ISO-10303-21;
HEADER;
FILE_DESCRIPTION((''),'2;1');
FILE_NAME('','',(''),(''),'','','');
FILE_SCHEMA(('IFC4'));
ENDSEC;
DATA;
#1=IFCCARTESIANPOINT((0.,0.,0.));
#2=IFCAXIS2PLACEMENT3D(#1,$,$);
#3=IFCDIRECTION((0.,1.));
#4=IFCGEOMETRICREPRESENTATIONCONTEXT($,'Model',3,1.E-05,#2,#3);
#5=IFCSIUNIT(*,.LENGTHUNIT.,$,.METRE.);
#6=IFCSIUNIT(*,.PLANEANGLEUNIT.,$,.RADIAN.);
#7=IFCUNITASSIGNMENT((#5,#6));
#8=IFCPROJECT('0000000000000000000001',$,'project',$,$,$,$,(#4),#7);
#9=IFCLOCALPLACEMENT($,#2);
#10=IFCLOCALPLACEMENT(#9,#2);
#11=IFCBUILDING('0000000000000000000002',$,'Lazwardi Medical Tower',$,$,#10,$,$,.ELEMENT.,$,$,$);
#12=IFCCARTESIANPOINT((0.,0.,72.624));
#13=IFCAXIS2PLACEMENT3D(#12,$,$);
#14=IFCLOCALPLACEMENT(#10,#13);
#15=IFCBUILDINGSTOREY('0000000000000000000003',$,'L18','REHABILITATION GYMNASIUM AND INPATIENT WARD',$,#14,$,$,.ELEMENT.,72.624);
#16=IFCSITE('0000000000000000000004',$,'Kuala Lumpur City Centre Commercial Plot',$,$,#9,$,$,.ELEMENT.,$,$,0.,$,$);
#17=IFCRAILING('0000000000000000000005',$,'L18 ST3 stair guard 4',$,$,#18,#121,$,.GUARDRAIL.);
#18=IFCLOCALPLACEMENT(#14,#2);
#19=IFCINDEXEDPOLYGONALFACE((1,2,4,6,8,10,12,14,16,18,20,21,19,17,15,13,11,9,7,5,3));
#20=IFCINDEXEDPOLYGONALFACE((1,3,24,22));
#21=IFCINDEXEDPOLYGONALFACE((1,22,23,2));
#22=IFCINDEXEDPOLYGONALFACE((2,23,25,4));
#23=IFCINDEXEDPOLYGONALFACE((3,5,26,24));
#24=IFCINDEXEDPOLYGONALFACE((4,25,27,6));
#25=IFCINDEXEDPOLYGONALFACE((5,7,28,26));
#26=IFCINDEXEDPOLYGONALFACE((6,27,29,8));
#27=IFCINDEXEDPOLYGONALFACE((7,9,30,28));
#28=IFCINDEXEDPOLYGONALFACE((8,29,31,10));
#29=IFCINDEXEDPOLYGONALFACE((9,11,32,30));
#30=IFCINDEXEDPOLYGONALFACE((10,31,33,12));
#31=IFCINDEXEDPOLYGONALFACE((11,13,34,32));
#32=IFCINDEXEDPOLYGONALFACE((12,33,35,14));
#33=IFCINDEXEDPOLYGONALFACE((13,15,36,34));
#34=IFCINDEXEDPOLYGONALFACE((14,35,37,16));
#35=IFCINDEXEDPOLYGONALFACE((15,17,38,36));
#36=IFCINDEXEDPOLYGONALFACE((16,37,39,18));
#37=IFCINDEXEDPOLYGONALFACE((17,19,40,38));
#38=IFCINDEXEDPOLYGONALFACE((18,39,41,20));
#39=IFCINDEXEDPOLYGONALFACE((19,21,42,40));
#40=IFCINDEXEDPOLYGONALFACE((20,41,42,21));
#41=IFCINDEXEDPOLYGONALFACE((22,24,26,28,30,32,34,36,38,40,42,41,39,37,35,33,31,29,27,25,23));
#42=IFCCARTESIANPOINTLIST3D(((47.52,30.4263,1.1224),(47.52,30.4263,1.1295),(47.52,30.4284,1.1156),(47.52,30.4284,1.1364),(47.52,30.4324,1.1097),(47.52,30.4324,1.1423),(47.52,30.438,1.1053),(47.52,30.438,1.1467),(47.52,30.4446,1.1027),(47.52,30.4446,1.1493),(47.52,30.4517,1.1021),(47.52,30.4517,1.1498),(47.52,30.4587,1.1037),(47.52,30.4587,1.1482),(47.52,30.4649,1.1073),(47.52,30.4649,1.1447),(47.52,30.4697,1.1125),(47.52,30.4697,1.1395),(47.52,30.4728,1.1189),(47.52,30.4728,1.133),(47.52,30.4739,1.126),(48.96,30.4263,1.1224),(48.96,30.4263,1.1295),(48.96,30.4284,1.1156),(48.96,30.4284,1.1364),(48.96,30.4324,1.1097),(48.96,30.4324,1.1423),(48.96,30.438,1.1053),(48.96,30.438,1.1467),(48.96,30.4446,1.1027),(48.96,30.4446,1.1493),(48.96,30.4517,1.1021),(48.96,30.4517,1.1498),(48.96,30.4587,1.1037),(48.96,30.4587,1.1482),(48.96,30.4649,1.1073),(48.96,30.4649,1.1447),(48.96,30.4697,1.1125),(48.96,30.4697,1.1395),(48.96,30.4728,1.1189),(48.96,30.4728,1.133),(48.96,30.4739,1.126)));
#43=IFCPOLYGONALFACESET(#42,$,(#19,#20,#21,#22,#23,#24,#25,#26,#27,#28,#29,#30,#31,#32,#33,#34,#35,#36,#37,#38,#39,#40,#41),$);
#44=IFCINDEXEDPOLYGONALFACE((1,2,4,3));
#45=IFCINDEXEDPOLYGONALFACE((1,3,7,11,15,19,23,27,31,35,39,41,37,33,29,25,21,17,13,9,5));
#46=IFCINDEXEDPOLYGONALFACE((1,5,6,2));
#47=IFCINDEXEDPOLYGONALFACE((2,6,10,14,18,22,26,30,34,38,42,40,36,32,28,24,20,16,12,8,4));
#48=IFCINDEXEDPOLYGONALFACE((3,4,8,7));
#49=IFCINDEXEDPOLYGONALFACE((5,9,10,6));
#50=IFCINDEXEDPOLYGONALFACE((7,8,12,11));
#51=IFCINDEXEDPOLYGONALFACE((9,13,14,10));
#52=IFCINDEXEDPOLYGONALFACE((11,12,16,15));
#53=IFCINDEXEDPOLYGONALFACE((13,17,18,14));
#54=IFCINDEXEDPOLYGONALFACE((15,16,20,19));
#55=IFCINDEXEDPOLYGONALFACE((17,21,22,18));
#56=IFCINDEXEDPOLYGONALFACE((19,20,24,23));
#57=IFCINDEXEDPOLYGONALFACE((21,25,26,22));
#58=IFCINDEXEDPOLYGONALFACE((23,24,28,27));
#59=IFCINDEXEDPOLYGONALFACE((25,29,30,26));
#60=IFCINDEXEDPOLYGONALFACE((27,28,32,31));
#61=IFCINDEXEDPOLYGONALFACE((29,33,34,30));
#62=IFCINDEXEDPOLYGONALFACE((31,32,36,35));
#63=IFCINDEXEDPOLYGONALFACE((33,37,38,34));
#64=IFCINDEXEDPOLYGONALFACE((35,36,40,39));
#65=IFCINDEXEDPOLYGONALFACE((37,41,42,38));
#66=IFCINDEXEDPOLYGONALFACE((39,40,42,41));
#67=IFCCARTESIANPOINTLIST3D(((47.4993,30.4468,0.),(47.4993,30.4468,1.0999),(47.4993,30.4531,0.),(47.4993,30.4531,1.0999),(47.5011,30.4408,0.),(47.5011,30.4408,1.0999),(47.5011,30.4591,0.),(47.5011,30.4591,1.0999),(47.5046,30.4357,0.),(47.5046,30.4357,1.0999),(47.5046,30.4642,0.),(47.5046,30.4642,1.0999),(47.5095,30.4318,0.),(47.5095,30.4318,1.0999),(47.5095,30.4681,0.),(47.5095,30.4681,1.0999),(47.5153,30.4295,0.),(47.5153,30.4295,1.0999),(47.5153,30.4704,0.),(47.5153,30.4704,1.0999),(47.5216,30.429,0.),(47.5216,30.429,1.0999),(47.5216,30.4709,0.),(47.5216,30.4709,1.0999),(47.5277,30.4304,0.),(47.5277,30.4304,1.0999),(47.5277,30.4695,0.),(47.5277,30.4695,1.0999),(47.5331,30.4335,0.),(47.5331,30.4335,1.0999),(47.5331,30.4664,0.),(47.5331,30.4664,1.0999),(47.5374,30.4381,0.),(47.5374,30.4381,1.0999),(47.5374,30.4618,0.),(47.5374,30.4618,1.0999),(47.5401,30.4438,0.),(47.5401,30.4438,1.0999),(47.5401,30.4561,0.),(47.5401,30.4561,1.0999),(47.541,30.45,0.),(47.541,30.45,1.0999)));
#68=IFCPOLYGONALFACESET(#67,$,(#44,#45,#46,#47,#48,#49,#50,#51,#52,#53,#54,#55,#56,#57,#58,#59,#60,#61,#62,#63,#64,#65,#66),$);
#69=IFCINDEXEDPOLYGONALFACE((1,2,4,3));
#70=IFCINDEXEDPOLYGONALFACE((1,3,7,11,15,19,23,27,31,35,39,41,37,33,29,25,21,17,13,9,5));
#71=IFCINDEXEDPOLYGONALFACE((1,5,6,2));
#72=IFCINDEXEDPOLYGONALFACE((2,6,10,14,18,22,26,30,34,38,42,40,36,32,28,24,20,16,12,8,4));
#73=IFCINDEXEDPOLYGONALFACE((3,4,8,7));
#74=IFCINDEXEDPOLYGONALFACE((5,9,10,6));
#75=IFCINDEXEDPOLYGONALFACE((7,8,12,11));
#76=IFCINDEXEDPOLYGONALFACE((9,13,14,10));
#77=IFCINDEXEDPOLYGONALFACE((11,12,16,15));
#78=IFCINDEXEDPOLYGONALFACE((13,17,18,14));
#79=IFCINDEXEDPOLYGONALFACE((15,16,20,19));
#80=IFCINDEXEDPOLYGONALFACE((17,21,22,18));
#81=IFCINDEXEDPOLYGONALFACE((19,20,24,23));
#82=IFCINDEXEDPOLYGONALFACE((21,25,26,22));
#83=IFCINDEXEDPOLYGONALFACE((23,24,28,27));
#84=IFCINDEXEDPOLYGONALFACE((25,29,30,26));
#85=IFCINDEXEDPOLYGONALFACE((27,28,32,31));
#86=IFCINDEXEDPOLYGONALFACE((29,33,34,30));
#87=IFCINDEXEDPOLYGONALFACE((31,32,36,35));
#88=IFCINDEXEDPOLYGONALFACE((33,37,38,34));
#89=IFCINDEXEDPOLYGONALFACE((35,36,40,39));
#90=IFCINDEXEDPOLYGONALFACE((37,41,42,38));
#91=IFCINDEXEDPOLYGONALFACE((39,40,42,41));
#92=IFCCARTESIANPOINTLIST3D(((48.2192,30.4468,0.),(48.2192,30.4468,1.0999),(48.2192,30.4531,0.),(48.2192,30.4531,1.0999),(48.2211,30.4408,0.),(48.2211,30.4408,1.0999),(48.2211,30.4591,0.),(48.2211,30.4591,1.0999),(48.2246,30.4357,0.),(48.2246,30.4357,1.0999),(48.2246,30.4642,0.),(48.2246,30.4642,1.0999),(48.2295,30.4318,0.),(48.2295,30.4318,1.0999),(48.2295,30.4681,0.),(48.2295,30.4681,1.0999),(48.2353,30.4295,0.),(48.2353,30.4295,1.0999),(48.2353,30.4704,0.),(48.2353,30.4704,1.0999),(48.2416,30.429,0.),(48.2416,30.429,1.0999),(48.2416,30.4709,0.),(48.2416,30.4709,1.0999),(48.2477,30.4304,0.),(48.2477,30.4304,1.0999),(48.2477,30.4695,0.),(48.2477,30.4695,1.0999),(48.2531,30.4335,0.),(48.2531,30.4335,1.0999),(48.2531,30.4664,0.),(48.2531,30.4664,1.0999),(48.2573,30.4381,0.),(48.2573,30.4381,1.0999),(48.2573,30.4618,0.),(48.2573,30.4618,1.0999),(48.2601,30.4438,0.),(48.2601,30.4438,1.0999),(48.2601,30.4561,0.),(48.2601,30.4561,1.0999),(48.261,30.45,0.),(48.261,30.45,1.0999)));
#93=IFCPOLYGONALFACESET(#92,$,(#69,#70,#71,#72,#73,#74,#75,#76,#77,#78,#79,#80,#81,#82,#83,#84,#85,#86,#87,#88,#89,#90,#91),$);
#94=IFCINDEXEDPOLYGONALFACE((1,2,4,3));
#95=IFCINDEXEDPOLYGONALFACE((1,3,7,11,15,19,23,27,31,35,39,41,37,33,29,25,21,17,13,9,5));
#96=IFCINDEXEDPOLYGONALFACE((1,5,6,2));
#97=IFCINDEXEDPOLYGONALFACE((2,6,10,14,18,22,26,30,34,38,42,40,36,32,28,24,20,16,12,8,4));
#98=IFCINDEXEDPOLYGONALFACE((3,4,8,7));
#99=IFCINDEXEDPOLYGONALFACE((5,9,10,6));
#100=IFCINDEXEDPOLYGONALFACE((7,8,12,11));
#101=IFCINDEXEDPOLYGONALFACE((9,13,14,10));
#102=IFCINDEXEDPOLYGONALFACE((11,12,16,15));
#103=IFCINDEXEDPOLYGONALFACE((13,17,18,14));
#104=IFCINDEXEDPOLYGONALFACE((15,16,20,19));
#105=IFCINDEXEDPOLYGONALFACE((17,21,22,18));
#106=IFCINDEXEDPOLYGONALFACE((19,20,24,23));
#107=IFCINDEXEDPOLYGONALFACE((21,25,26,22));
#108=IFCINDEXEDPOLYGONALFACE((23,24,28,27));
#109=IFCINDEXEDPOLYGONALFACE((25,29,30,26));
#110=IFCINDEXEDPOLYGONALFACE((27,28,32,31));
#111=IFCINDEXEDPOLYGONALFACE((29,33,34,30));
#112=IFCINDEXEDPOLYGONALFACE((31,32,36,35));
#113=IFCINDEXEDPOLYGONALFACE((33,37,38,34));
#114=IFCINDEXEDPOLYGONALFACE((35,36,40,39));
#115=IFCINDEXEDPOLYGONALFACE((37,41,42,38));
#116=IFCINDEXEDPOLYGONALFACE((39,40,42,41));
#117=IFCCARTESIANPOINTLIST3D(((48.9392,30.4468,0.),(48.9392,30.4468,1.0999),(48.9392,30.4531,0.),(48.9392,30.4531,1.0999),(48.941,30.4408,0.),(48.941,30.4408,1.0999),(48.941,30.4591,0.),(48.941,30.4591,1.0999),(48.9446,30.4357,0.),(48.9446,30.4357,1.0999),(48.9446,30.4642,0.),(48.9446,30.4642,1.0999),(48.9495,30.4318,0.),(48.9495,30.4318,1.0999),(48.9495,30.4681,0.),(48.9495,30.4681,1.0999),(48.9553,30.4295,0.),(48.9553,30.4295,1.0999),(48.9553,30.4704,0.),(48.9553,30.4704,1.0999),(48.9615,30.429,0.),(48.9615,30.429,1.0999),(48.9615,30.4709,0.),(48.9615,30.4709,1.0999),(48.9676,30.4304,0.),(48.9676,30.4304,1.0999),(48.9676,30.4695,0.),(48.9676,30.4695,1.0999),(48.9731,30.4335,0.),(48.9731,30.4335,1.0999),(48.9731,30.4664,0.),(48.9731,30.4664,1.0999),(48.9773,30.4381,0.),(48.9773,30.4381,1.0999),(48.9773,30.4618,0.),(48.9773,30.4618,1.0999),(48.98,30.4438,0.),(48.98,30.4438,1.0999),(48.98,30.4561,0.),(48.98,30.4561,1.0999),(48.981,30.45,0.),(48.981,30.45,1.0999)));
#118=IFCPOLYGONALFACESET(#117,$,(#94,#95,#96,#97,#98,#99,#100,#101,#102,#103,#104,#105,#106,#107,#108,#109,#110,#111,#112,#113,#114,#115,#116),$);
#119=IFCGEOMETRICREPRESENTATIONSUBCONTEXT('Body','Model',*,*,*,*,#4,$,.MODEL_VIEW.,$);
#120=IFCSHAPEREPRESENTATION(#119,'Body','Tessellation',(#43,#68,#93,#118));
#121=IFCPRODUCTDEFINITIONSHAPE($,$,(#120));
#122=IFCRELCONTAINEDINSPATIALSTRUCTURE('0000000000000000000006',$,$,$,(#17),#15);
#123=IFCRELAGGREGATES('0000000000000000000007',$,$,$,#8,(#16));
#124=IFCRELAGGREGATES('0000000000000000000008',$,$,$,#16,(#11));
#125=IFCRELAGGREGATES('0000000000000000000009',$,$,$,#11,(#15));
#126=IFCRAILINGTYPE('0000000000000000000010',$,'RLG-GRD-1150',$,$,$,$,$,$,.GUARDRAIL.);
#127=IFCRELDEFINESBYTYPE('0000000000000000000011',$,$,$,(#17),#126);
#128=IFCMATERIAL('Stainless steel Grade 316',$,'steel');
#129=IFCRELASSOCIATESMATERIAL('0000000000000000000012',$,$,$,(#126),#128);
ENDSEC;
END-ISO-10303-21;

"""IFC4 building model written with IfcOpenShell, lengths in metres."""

from ifc_helpers import new_model, si_unit, direction, frame, origin, origin_2d, place, context, subcontext, project, spatial, circle, extrude, material, type_object, element, save


model = new_model("IFC4")

# Units and contexts
model_context = context("Model", 3, precision=1e-05, world=origin(), true_north=direction((0.0, 1.0)))
body_context = subcontext(model_context, "Body", "Model", "MODEL_VIEW")
ifc_project = project(units=[si_unit("LENGTHUNIT", "METRE"), si_unit("PLANEANGLEUNIT", "RADIAN")], contexts=[model_context])

# Site, building, storey
site_placement = place(None, origin())
site = spatial("IfcSite", under=ifc_project, at=site_placement, Name="Kuala Lumpur City Centre Commercial Plot", CompositionType="ELEMENT", RefElevation=0.0)
building_placement = place(site_placement, origin())
building = spatial("IfcBuilding", under=site, at=building_placement, Name="Lazwardi Medical Tower", CompositionType="ELEMENT")
storey_placement = place(building_placement, frame((0.0, 0.0, 72.624)))
storey = spatial("IfcBuildingStorey", under=building, at=storey_placement, Name="L18", Description="REHABILITATION GYMNASIUM AND INPATIENT WARD", CompositionType="ELEMENT", Elevation=72.624)

# Railing
ifc_material_1 = material(Name="Stainless steel Grade 316", Category="steel")
railing_type_1 = type_object("IfcRailingType", Name="RLG-GRD-1150", PredefinedType="GUARDRAIL", material=ifc_material_1)
railing_1_placement = place(storey_placement, frame((47.52, 30.45, 0.0)))
element("IfcRailing", 1, at=railing_1_placement, inside=storey, type_object=railing_type_1, Name="L18 ST3 stair guard 4", PredefinedType="GUARDRAIL", context=body_context, shape_type="SweptSolid", body=[
    extrude(circle(Radius=0.0239, at=origin_2d()), frame((0.0, 0.0, 1.126), z_axis=(1.0, 0.0, 0.0), x_axis=(0.0, 1.0, 0.0)), (0.0, 0.0, 1.0), 1.4399),
    extrude(circle(Radius=0.021, at=origin_2d()), origin(), (0.0, 0.0, 1.0), 1.0999),
    extrude(circle(Radius=0.021, at=origin_2d()), frame((0.72, 0.0, 0.0)), (0.0, 0.0, 1.0), 1.0999),
    extrude(circle(Radius=0.021, at=origin_2d()), frame((1.4399, 0.0, 0.0)), (0.0, 0.0, 1.0), 1.0999),
])

save(model, "model.ifc")
